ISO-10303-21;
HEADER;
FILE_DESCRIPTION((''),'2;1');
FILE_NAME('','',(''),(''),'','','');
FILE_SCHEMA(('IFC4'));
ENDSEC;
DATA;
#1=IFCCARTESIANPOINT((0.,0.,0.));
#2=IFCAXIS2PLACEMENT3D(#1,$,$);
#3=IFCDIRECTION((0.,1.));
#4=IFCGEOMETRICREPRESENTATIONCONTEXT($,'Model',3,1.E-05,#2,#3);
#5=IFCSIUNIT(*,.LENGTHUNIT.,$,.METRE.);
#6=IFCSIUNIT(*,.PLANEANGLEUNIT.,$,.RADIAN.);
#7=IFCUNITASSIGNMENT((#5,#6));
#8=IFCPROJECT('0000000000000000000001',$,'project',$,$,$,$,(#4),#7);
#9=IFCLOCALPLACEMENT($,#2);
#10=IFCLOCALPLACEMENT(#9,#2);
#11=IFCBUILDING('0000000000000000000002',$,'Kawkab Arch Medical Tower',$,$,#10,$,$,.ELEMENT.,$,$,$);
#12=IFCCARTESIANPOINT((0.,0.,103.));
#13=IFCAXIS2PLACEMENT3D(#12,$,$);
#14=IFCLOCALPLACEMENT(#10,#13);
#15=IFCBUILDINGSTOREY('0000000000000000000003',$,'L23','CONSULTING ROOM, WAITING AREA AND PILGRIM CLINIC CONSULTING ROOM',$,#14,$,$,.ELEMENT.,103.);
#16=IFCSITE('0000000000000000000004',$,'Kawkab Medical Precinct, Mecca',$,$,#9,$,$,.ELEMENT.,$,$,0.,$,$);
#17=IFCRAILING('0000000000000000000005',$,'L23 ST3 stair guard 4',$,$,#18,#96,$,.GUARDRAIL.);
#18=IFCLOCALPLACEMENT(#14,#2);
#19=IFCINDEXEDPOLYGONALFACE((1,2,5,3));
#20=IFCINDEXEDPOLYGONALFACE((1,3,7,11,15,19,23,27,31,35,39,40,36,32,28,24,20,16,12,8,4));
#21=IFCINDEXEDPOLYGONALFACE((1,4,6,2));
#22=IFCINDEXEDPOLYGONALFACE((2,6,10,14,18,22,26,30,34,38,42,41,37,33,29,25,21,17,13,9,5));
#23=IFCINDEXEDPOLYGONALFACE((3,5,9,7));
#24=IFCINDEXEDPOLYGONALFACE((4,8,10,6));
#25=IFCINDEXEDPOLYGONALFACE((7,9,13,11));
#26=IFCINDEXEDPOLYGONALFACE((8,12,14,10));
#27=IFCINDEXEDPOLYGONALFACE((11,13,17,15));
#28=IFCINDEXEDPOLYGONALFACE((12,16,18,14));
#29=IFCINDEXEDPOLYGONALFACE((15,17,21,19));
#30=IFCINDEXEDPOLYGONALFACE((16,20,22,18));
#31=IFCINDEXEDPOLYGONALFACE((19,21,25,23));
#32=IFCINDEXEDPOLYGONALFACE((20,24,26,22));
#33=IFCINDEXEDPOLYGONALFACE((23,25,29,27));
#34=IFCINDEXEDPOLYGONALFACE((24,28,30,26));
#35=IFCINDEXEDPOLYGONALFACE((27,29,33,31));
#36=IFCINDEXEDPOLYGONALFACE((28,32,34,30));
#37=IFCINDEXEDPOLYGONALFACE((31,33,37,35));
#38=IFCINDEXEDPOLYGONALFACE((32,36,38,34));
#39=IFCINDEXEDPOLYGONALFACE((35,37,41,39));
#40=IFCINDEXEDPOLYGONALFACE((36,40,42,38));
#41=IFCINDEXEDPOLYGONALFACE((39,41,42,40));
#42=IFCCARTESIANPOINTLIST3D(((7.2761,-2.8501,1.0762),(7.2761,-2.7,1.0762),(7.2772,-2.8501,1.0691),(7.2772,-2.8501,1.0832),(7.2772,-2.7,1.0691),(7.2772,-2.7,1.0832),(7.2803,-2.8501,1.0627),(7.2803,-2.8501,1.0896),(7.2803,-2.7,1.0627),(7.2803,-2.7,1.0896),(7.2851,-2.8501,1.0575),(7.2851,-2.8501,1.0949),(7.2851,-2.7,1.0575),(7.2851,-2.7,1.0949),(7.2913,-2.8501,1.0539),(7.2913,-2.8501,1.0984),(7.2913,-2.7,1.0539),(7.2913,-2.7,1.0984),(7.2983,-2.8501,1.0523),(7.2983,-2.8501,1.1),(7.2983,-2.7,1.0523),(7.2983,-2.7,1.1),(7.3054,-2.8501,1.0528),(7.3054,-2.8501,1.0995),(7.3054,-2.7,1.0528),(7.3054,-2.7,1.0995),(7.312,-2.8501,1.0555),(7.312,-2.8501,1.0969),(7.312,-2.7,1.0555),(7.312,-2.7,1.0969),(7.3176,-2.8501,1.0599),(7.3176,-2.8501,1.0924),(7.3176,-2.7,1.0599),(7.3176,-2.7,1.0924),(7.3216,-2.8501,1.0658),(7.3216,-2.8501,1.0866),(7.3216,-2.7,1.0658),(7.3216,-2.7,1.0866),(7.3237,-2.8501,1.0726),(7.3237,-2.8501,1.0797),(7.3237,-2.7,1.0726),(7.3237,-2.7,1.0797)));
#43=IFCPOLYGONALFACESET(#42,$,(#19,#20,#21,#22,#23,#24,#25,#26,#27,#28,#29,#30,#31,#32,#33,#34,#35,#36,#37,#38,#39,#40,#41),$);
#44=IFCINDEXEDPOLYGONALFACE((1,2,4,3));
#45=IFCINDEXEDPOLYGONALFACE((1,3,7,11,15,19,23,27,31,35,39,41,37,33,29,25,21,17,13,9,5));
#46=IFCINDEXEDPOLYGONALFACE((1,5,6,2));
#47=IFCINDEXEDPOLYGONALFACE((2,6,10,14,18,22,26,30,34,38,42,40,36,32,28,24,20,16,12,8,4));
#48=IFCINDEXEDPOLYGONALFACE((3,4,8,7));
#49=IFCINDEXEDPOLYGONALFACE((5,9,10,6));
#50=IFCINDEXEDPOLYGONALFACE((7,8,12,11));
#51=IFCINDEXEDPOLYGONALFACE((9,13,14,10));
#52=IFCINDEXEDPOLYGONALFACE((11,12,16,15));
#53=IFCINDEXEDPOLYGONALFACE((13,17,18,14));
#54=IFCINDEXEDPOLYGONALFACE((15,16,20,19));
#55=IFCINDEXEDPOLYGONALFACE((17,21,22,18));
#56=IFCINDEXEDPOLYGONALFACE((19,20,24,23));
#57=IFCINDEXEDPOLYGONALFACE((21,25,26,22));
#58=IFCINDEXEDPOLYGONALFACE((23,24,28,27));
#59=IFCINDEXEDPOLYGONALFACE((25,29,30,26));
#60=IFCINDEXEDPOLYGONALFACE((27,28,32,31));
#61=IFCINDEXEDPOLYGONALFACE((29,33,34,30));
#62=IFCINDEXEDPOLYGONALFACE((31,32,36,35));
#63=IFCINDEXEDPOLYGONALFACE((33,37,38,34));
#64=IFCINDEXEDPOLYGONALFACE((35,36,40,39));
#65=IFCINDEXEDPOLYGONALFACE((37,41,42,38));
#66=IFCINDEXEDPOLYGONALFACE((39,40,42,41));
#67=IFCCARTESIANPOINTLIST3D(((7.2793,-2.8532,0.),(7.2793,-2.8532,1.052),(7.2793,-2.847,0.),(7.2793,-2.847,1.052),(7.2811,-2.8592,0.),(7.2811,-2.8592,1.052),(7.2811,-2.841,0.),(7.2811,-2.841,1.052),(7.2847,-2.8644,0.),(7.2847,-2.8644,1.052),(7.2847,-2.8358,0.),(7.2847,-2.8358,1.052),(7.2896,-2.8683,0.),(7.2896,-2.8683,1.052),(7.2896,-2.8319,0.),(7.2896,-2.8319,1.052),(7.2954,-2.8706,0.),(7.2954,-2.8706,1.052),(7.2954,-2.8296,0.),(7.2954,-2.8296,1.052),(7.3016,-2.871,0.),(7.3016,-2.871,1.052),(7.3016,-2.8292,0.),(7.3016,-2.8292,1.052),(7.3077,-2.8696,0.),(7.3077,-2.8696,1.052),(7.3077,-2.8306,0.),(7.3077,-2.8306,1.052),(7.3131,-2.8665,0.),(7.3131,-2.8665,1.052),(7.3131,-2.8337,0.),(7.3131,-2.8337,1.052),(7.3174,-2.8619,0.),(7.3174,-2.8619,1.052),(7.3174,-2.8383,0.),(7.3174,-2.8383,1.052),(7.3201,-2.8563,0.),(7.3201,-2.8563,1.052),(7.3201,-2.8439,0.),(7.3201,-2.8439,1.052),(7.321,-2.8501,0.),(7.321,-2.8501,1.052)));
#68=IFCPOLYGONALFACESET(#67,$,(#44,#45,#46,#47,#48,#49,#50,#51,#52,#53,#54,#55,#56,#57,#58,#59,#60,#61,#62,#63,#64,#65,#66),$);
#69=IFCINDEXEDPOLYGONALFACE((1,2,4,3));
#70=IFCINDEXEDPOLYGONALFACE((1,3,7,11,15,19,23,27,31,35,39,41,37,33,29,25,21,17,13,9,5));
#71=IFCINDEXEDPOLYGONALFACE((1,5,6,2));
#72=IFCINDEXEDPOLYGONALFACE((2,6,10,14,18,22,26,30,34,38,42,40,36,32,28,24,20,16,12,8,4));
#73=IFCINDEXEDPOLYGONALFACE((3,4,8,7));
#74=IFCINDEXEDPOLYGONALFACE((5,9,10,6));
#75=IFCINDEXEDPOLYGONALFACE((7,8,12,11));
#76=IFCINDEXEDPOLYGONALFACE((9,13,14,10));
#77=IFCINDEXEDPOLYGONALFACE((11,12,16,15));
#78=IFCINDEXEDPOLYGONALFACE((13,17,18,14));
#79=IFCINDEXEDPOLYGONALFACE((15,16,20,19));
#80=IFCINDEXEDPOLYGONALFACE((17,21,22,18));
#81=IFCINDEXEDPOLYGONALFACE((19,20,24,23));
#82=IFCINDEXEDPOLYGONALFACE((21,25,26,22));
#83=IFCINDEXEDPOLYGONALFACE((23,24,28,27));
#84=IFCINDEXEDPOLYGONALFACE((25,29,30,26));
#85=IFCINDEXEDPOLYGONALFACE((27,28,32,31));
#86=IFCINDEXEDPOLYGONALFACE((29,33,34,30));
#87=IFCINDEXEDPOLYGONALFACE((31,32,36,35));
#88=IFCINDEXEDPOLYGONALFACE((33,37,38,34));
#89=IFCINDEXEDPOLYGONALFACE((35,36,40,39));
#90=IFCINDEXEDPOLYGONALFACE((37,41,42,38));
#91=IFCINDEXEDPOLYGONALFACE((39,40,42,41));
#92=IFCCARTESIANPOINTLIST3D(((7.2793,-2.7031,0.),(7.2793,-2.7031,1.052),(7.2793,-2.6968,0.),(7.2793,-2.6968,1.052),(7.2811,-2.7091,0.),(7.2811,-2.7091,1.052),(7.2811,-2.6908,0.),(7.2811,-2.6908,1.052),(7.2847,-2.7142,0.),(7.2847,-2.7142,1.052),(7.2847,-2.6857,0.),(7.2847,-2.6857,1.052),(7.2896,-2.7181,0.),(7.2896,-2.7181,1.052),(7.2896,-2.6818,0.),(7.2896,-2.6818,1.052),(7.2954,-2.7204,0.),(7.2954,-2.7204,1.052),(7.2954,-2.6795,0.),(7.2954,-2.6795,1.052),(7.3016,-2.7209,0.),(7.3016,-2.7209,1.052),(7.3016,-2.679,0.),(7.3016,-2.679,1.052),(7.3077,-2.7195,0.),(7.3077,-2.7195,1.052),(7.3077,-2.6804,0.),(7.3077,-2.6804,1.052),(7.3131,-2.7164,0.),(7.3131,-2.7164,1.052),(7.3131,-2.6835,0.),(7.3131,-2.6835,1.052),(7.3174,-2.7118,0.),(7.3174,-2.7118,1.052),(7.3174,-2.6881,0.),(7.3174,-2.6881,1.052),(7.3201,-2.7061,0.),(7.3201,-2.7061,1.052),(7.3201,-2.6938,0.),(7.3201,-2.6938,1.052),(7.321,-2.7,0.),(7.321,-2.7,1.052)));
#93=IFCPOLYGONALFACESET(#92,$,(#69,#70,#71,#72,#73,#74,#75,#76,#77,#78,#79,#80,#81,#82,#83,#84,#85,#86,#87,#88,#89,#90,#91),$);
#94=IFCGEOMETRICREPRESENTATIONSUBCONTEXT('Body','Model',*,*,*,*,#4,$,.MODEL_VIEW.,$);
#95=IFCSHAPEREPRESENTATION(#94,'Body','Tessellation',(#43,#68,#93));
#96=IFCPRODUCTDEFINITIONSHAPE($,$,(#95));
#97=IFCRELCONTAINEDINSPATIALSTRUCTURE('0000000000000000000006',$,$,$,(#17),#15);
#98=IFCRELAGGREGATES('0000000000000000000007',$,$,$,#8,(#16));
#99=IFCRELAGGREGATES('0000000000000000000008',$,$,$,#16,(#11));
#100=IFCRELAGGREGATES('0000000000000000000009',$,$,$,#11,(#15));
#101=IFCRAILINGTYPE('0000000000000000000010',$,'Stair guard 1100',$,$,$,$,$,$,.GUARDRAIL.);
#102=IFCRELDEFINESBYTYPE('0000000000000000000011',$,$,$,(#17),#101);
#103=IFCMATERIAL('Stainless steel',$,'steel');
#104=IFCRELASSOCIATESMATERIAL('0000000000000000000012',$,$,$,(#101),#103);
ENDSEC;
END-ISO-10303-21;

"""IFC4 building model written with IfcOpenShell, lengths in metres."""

from ifc_helpers import new_model, si_unit, direction, frame, origin, origin_2d, place, context, subcontext, project, spatial, circle, extrude, material, type_object, element, save


model = new_model("IFC4")

# Units and contexts
model_context = context("Model", 3, precision=1e-05, world=origin(), true_north=direction((0.0, 1.0)))
body_context = subcontext(model_context, "Body", "Model", "MODEL_VIEW")
ifc_project = project(units=[si_unit("LENGTHUNIT", "METRE"), si_unit("PLANEANGLEUNIT", "RADIAN")], contexts=[model_context])

# Site, building, storey
site_placement = place(None, origin())
site = spatial("IfcSite", under=ifc_project, at=site_placement, Name="Kawkab Medical Precinct, Mecca", CompositionType="ELEMENT", RefElevation=0.0)
building_placement = place(site_placement, origin())
building = spatial("IfcBuilding", under=site, at=building_placement, Name="Kawkab Arch Medical Tower", CompositionType="ELEMENT")
storey_placement = place(building_placement, frame((0.0, 0.0, 103.0)))
storey = spatial("IfcBuildingStorey", under=building, at=storey_placement, Name="L23", Description="CONSULTING ROOM, WAITING AREA AND PILGRIM CLINIC CONSULTING ROOM", CompositionType="ELEMENT", Elevation=103.0)

# Railing
ifc_material_1 = material(Name="Stainless steel", Category="steel")
railing_type_1 = type_object("IfcRailingType", Name="Stair guard 1100", PredefinedType="GUARDRAIL", material=ifc_material_1)
railing_1_placement = place(storey_placement, frame((7.3, -2.8501, 0.0)))
element("IfcRailing", 1, at=railing_1_placement, inside=storey, type_object=railing_type_1, Name="L23 ST3 stair guard 4", PredefinedType="GUARDRAIL", context=body_context, shape_type="SweptSolid", body=[
    extrude(circle(Radius=0.0239, at=origin_2d()), frame((0.0, 0.0, 1.0762), z_axis=(0.0, 1.0, 0.0), x_axis=(-1.0, 0.0, 0.0)), (0.0, 0.0, 1.0), 0.1501),
    extrude(circle(Radius=0.021, at=origin_2d()), origin(), (0.0, 0.0, 1.0), 1.052),
    extrude(circle(Radius=0.021, at=origin_2d()), frame((0.0, 0.1501, 0.0)), (0.0, 0.0, 1.0), 1.052),
])

save(model, "model.ifc")
